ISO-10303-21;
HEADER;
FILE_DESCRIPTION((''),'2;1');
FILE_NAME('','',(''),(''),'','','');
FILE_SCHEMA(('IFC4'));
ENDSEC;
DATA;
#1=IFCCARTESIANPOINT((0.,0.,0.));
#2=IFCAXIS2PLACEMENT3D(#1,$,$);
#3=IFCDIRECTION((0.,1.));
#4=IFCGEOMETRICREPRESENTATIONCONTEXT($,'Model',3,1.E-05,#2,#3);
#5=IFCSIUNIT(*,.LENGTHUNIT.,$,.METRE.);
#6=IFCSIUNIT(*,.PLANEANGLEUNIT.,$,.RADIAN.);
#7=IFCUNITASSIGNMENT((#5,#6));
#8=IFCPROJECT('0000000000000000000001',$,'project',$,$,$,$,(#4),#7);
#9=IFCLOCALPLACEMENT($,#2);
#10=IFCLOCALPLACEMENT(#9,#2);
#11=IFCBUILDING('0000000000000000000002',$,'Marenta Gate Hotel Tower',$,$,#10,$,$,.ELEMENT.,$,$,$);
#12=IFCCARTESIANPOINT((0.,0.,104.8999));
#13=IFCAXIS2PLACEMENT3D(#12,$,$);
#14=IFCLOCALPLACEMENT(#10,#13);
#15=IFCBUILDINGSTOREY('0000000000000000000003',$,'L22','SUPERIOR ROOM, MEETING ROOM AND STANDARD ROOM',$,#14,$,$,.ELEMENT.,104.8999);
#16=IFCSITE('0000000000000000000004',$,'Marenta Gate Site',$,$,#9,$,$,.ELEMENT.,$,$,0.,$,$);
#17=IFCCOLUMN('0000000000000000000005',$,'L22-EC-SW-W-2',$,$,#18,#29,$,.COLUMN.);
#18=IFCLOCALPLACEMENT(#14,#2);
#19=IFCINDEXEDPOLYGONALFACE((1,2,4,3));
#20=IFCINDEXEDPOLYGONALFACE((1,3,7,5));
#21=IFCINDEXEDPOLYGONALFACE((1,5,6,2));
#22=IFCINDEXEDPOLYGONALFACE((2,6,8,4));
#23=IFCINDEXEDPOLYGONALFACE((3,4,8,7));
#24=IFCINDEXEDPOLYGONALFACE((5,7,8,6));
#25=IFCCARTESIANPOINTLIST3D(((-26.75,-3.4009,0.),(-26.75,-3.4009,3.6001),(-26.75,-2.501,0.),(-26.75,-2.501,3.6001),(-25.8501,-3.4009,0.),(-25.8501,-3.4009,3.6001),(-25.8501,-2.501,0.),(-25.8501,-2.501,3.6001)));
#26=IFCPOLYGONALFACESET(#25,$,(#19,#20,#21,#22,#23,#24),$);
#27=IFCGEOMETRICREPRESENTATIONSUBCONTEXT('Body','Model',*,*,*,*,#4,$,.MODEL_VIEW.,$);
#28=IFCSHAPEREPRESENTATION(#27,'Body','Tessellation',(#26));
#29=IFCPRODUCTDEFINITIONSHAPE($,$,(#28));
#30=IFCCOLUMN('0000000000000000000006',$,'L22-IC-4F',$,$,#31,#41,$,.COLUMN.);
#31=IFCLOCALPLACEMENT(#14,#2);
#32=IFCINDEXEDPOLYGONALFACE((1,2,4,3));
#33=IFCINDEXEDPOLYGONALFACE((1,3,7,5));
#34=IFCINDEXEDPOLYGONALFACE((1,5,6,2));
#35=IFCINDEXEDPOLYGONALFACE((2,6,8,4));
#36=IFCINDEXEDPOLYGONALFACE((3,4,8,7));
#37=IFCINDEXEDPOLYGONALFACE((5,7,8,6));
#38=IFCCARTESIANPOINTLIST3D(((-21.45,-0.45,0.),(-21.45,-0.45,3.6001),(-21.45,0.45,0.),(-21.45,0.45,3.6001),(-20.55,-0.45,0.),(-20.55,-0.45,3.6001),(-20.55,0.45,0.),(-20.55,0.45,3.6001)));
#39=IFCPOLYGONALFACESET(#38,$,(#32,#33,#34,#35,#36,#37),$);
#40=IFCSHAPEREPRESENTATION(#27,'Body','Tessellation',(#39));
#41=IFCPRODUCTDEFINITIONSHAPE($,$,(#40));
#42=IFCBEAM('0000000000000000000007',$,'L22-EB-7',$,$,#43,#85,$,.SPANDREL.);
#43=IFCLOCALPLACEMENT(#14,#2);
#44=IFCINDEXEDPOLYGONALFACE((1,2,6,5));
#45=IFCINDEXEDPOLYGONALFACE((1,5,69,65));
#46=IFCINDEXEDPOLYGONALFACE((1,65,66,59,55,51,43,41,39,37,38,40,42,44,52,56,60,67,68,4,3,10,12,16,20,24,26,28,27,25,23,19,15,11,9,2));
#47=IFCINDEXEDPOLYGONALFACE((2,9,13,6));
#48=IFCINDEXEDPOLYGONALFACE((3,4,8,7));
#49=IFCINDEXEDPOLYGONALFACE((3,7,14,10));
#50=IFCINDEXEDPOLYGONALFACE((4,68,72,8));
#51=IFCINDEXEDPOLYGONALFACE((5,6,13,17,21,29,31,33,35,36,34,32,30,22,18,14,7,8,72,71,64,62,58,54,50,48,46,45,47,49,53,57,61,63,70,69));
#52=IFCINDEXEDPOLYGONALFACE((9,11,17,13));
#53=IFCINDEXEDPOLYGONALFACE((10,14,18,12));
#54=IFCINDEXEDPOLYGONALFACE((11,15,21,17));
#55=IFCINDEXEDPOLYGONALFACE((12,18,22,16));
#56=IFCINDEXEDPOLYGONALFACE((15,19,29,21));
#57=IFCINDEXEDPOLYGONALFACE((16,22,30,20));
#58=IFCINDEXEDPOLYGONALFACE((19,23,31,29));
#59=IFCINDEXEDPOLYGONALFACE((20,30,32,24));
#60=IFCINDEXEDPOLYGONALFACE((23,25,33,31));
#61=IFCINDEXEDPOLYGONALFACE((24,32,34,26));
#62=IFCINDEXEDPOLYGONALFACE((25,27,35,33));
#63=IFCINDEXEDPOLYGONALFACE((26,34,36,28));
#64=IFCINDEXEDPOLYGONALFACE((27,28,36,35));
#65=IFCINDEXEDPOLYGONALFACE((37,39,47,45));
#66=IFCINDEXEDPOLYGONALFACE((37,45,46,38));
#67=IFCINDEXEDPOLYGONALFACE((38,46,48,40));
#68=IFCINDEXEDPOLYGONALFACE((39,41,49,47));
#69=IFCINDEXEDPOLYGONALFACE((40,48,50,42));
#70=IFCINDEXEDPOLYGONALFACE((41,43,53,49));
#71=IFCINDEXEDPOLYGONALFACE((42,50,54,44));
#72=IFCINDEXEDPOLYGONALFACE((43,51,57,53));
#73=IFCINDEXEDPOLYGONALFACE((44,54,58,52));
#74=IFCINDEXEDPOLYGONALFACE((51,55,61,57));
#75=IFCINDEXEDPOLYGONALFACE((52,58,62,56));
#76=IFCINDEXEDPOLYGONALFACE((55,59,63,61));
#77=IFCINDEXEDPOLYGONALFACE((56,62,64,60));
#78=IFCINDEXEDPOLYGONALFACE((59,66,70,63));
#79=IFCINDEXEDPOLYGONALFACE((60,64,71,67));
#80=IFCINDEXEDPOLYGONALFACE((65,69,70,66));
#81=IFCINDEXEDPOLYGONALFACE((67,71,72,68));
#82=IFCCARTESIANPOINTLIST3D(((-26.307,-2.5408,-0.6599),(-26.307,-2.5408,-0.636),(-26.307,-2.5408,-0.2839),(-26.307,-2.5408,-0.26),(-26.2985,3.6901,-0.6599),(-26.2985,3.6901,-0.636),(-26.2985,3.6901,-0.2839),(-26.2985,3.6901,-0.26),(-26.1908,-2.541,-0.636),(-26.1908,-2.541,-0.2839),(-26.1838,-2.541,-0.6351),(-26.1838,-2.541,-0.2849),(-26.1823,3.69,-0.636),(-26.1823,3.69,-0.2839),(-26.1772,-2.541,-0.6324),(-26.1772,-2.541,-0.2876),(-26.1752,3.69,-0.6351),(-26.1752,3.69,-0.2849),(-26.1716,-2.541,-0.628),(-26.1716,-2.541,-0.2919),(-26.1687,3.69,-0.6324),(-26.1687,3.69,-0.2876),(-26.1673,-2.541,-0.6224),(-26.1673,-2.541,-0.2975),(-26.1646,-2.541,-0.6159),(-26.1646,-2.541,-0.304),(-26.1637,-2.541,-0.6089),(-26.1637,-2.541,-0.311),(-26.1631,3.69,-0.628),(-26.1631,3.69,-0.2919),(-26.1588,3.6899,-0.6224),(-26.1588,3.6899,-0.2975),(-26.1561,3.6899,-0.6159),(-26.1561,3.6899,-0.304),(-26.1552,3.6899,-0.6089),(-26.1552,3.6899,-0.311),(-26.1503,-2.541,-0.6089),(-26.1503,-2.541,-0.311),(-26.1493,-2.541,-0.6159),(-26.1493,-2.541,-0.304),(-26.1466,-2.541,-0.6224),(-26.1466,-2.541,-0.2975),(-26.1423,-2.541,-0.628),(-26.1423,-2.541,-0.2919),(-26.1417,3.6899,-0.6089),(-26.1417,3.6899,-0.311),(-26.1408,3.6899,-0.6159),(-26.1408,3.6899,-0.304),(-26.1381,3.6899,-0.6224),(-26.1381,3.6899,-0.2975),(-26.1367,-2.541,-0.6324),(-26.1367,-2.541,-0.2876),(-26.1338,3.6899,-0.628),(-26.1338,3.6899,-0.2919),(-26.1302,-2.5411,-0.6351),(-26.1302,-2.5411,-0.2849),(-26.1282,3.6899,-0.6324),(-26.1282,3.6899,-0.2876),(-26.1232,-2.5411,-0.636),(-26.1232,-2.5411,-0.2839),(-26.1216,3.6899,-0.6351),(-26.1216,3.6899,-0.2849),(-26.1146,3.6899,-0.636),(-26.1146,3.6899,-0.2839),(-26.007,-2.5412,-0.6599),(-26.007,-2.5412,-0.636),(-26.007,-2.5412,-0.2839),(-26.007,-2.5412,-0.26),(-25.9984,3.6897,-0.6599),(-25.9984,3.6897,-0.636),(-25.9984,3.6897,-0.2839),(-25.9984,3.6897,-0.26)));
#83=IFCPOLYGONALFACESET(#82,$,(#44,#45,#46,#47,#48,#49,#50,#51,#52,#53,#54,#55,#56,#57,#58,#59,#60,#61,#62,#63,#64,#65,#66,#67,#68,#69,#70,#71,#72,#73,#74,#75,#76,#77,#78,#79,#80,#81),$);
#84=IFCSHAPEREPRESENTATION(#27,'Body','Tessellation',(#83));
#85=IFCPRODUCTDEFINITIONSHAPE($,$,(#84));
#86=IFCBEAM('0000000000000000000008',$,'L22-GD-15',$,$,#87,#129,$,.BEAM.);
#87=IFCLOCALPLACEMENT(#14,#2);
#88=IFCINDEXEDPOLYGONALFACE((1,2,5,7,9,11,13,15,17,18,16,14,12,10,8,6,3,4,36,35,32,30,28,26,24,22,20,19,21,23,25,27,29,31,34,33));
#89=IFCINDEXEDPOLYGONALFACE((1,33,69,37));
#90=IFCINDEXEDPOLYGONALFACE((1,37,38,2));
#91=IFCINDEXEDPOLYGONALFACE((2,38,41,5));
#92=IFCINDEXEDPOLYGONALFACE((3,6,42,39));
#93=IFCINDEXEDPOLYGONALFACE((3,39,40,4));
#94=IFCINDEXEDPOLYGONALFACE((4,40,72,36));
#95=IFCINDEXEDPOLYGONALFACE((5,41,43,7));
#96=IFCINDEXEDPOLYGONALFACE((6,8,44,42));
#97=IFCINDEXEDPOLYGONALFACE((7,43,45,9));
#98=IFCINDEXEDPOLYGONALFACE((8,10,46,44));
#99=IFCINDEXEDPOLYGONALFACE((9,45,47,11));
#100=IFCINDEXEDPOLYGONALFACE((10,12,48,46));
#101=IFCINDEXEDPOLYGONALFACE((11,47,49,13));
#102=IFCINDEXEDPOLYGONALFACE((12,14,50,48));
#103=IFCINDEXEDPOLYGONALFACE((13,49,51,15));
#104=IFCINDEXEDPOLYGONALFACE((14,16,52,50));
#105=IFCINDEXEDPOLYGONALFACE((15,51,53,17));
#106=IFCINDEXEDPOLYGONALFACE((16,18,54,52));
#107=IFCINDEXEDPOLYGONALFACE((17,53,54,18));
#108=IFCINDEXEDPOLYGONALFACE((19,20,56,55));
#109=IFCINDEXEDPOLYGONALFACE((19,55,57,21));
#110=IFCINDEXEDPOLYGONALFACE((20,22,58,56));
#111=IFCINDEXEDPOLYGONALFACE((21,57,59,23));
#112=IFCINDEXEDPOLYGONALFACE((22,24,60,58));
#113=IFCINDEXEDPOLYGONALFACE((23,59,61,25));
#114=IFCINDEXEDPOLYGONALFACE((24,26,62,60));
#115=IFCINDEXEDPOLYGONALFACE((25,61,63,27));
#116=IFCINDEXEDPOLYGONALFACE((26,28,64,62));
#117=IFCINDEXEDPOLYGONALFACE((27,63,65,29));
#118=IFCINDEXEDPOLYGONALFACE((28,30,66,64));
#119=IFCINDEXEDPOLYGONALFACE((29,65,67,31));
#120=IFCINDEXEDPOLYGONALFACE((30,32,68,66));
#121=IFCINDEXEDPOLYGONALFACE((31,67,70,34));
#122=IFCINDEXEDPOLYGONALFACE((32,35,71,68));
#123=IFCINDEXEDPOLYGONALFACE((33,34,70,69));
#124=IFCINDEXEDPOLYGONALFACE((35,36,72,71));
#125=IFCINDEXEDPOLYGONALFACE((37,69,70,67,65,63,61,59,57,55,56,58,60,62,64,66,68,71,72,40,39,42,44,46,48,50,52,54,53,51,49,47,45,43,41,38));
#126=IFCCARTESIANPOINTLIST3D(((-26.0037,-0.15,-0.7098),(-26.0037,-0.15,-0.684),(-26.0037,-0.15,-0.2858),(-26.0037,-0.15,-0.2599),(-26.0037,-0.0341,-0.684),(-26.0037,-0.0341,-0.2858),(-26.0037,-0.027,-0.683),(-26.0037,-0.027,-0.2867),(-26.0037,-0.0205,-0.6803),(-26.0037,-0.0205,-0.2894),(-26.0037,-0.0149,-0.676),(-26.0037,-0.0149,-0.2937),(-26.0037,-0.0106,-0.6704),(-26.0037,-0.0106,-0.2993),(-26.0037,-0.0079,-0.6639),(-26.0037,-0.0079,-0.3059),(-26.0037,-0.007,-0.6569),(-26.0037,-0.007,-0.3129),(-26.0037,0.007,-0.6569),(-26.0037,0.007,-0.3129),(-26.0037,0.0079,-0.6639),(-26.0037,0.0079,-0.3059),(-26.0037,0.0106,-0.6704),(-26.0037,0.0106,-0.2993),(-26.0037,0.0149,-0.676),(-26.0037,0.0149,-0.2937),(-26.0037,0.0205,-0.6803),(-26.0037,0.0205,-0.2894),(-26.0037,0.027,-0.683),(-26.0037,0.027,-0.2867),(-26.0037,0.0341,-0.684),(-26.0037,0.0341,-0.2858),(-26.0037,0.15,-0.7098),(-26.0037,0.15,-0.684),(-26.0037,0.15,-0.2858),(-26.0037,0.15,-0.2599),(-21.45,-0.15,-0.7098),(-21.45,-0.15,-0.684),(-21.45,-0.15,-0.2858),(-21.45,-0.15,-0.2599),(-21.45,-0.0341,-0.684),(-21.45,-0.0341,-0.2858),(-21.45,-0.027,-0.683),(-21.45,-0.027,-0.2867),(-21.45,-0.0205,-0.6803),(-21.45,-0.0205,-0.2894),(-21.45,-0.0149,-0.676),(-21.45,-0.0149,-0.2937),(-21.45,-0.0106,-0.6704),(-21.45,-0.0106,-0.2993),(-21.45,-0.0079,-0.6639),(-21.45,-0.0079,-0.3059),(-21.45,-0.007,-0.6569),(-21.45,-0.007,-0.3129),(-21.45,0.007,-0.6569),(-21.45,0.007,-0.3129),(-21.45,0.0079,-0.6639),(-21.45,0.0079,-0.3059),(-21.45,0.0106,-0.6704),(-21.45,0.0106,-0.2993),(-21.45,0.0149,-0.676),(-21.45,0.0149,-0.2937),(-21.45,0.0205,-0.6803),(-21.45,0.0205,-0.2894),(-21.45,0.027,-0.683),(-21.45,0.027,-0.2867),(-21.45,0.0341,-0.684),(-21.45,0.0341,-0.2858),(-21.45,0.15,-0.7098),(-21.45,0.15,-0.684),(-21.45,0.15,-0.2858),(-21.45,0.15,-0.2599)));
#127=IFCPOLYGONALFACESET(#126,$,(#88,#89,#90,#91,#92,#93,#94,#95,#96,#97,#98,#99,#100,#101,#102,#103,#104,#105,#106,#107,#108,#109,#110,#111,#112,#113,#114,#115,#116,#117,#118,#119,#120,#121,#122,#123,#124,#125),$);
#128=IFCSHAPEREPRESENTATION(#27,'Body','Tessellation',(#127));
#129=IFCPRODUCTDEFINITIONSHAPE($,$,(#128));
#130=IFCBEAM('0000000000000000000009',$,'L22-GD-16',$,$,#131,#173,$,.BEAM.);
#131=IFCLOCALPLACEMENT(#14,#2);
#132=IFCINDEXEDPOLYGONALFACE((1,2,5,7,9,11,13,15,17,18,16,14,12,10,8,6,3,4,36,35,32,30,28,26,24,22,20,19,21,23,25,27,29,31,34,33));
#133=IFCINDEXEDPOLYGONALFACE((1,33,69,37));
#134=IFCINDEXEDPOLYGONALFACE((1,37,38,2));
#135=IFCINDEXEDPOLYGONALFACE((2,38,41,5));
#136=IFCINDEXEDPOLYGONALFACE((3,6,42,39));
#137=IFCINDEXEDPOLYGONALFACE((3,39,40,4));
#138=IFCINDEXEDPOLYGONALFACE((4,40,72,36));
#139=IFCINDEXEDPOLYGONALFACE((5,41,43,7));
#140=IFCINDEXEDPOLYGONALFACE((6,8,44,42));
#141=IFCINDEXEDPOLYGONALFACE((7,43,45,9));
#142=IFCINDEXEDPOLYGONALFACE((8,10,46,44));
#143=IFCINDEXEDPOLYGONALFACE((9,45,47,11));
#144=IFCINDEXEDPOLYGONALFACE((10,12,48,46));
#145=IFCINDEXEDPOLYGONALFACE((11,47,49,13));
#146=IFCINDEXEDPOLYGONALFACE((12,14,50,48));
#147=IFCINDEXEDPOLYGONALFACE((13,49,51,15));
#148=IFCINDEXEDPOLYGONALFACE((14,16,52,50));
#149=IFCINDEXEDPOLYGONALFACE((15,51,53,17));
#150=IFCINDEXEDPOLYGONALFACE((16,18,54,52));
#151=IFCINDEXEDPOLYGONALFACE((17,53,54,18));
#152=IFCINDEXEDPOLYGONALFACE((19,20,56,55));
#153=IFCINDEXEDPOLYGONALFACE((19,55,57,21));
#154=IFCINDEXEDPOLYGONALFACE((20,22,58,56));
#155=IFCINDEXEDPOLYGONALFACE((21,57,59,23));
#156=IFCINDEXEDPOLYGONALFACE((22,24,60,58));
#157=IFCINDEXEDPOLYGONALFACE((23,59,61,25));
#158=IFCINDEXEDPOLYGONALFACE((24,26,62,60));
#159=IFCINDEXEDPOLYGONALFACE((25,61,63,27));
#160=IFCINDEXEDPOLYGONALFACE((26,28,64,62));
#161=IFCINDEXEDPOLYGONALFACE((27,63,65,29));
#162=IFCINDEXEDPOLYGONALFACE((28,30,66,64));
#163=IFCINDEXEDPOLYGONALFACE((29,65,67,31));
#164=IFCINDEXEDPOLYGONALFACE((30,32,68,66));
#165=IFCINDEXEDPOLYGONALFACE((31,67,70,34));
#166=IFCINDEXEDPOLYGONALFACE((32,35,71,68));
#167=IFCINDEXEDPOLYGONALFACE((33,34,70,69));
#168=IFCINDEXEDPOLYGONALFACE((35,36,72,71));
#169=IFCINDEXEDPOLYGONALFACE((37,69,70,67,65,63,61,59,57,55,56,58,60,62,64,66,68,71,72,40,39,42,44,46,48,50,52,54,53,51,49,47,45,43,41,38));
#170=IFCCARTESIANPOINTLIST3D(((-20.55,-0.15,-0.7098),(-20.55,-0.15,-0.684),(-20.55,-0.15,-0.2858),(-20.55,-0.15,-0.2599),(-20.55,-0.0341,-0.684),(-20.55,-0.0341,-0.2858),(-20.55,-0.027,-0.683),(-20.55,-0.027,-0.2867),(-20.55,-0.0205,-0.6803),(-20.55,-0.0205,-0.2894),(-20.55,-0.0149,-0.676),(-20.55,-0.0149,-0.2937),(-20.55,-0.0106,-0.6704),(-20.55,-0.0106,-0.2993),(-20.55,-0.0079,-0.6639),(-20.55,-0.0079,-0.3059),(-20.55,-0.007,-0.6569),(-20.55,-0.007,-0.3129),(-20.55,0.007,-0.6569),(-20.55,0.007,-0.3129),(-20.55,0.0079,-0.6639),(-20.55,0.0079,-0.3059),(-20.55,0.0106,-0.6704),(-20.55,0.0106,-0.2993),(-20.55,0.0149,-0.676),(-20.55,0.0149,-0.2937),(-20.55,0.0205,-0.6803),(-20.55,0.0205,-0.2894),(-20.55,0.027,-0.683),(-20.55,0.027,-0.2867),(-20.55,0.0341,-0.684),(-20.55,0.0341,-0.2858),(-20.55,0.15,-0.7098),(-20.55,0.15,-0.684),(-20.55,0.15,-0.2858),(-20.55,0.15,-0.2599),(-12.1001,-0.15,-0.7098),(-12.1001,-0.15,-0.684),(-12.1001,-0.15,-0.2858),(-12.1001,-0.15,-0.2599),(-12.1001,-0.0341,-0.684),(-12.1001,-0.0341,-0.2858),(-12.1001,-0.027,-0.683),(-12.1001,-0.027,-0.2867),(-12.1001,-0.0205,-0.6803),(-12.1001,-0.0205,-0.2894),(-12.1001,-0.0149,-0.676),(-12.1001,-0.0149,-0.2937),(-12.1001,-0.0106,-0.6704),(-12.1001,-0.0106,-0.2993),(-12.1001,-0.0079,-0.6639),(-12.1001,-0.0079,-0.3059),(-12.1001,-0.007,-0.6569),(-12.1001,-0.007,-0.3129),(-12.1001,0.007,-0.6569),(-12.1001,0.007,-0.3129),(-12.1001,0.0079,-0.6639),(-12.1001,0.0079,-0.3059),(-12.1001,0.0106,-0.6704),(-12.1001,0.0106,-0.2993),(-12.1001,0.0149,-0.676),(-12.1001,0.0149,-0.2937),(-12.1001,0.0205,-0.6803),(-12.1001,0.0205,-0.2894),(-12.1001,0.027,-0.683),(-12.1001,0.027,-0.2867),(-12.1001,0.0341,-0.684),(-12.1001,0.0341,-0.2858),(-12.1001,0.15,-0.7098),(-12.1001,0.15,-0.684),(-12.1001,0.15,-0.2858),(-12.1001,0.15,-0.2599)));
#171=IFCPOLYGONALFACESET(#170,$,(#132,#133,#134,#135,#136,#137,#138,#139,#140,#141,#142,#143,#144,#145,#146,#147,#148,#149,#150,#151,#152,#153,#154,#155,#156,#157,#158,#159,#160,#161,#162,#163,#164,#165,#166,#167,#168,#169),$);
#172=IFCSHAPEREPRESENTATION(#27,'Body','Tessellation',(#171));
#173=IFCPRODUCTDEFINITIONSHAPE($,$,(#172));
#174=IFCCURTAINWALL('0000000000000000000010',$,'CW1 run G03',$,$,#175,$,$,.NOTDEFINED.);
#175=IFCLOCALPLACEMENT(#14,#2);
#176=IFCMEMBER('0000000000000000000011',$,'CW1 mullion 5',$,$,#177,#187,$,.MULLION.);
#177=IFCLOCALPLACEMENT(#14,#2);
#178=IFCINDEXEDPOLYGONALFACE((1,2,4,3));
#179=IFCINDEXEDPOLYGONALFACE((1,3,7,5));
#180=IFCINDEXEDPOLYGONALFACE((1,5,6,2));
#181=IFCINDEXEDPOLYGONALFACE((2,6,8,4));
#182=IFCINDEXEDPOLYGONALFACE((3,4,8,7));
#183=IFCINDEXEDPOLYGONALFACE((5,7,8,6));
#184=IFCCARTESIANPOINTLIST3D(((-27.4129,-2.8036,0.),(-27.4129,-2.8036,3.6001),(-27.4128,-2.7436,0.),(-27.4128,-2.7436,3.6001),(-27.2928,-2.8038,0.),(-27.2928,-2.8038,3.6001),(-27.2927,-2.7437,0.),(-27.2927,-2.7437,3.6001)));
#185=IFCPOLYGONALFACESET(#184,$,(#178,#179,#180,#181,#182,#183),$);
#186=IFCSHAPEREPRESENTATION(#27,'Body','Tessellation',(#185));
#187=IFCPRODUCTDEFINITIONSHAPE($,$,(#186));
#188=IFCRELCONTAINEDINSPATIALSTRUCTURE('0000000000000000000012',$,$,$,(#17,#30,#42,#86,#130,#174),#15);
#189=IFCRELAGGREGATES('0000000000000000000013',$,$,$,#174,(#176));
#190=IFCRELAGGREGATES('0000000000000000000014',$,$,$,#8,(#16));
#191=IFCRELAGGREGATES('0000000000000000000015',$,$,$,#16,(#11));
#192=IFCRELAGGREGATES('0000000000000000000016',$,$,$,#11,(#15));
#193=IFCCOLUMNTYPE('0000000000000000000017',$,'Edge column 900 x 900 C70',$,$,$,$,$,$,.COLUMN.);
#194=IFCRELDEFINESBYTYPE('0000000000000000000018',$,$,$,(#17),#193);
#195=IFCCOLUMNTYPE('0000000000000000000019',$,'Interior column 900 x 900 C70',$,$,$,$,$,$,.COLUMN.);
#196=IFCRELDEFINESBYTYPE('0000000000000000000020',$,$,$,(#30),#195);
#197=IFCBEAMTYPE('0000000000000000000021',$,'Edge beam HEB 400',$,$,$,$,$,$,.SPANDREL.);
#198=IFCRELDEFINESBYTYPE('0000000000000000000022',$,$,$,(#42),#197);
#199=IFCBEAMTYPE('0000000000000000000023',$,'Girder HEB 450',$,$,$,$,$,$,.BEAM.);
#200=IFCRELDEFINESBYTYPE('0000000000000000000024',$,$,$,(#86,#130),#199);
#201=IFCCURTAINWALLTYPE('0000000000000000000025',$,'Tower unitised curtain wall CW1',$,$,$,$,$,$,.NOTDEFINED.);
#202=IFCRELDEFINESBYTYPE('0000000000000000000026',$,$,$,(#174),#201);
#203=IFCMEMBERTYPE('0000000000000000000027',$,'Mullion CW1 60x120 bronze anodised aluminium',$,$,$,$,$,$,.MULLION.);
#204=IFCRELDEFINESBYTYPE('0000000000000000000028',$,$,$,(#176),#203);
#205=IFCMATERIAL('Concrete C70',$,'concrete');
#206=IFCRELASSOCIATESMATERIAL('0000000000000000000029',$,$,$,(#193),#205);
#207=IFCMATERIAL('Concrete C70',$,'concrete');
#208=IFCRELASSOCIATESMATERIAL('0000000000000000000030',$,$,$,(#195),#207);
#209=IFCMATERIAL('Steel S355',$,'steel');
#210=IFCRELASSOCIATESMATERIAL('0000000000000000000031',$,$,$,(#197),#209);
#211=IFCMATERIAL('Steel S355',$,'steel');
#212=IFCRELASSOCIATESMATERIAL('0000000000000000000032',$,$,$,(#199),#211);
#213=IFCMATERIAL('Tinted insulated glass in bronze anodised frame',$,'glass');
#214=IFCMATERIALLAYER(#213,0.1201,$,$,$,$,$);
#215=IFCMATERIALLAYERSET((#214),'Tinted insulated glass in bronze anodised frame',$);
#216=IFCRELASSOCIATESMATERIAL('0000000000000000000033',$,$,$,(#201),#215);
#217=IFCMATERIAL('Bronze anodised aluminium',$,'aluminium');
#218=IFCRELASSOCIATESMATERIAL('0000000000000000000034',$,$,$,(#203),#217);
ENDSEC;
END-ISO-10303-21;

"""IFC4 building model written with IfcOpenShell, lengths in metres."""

from ifc_helpers import new_model, si_unit, direction, frame, origin, origin_2d, place, context, subcontext, project, spatial, rectangle, i_section, extrude, material, layer, layer_set, material_profile, profile_set, type_object, element, aggregate, save


model = new_model("IFC4")

# Units and contexts
model_context = context("Model", 3, precision=1e-05, world=origin(), true_north=direction((0.0, 1.0)))
body_context = subcontext(model_context, "Body", "Model", "MODEL_VIEW")
ifc_project = project(units=[si_unit("LENGTHUNIT", "METRE"), si_unit("PLANEANGLEUNIT", "RADIAN")], contexts=[model_context])

# Site, building, storey
site_placement = place(None, origin())
site = spatial("IfcSite", under=ifc_project, at=site_placement, Name="Marenta Gate Site", CompositionType="ELEMENT", RefElevation=0.0)
building_placement = place(site_placement, origin())
building = spatial("IfcBuilding", under=site, at=building_placement, Name="Marenta Gate Hotel Tower", CompositionType="ELEMENT")
storey_placement = place(building_placement, frame((0.0, 0.0, 104.8999)))
storey = spatial("IfcBuildingStorey", under=building, at=storey_placement, Name="L22", Description="SUPERIOR ROOM, MEETING ROOM AND STANDARD ROOM", CompositionType="ELEMENT", Elevation=104.8999)

# Columns
ifc_material_1 = material(Name="Concrete C70", Category="concrete")
ifc_material_profile_1 = material_profile(ifc_material_1, rectangle(XDim=0.8999, YDim=0.8999, at=origin_2d()), Name="900 x 900")
ifc_profile_set_1 = profile_set([ifc_material_profile_1], Name="Concrete C70")
column_type_1 = type_object("IfcColumnType", Name="Edge column 900 x 900 C70", PredefinedType="COLUMN", material=ifc_profile_set_1)
column_1_placement = place(storey_placement, frame((-26.3, -2.9509, 0.0), z_axis=(0.0, 0.0, 1.0), x_axis=(1.0, 0.0, 0.0)))
element("IfcColumn", 1, at=column_1_placement, inside=storey, type_object=column_type_1, Name="L22-EC-SW-W-2", PredefinedType="COLUMN", context=body_context, shape_type="SweptSolid", body=[
    extrude(rectangle(XDim=0.8999, YDim=0.8999, at=origin_2d()), origin(), (0.0, 0.0, 1.0), 3.6001),
])
ifc_material_2 = material(Name="Concrete C70", Category="concrete")
ifc_material_profile_2 = material_profile(ifc_material_2, rectangle(XDim=0.8999, YDim=0.8999, at=origin_2d()), Name="900 x 900")
ifc_profile_set_2 = profile_set([ifc_material_profile_2], Name="Concrete C70")
column_type_2 = type_object("IfcColumnType", Name="Interior column 900 x 900 C70", PredefinedType="COLUMN", material=ifc_profile_set_2)
column_2_placement = place(storey_placement, frame((-21.0, 0.0, 0.0), z_axis=(0.0, 0.0, 1.0), x_axis=(1.0, 0.0, 0.0)))
element("IfcColumn", 2, at=column_2_placement, inside=storey, type_object=column_type_2, Name="L22-IC-4F", PredefinedType="COLUMN", context=body_context, shape_type="SweptSolid", body=[
    extrude(rectangle(XDim=0.8999, YDim=0.8999, at=origin_2d()), origin(), (0.0, 0.0, 1.0), 3.6001),
])

# Beams
ifc_material_3 = material(Name="Steel S355", Category="steel")
ifc_material_profile_3 = material_profile(ifc_material_3, i_section(OverallWidth=0.3, OverallDepth=0.3999, WebThickness=0.0134, FlangeThickness=0.0239, FilletRadius=0.0271, at=origin_2d()), Name="HEB 400")
ifc_profile_set_3 = profile_set([ifc_material_profile_3], Name="Steel S355")
beam_type_1 = type_object("IfcBeamType", Name="Edge beam HEB 400", PredefinedType="SPANDREL", material=ifc_profile_set_3)
beam_1_placement = place(storey_placement, frame((-26.157, -2.541, -0.46), z_axis=(0.001371, 0.999999, 0.0), x_axis=(-0.999999, 0.001371, 0.0)))
element("IfcBeam", 3, at=beam_1_placement, inside=storey, type_object=beam_type_1, Name="L22-EB-7", PredefinedType="SPANDREL", context=body_context, shape_type="SweptSolid", body=[
    extrude(i_section(OverallWidth=0.3, OverallDepth=0.3999, WebThickness=0.0134, FlangeThickness=0.0239, FilletRadius=0.0271, at=origin_2d()), origin(), (0.0, 0.0, 1.0), 6.231),
])
ifc_material_4 = material(Name="Steel S355", Category="steel")
ifc_material_profile_4 = material_profile(ifc_material_4, i_section(OverallWidth=0.3, OverallDepth=0.45, WebThickness=0.0139, FlangeThickness=0.0259, FilletRadius=0.0271, at=origin_2d()), Name="HEB 450")
ifc_profile_set_4 = profile_set([ifc_material_profile_4], Name="Steel S355")
beam_type_2 = type_object("IfcBeamType", Name="Girder HEB 450", PredefinedType="BEAM", material=ifc_profile_set_4)
beam_2_placement = place(storey_placement, frame((-26.0037, 0.0, -0.4849), z_axis=(1.0, 0.0, 0.0), x_axis=(0.0, 1.0, 0.0)))
element("IfcBeam", 4, at=beam_2_placement, inside=storey, type_object=beam_type_2, Name="L22-GD-15", PredefinedType="BEAM", context=body_context, shape_type="SweptSolid", body=[
    extrude(i_section(OverallWidth=0.3, OverallDepth=0.45, WebThickness=0.0139, FlangeThickness=0.0259, FilletRadius=0.0271, at=origin_2d()), origin(), (0.0, 0.0, 1.0), 4.5537),
])
beam_3_placement = place(storey_placement, frame((-20.55, 0.0, -0.4849), z_axis=(1.0, 0.0, 0.0), x_axis=(0.0, 1.0, 0.0)))
element("IfcBeam", 5, at=beam_3_placement, inside=storey, type_object=beam_type_2, Name="L22-GD-16", PredefinedType="BEAM", context=body_context, shape_type="SweptSolid", body=[
    extrude(i_section(OverallWidth=0.3, OverallDepth=0.45, WebThickness=0.0139, FlangeThickness=0.0259, FilletRadius=0.0271, at=origin_2d()), origin(), (0.0, 0.0, 1.0), 8.45),
])

# Curtain wall, member
ifc_material_5 = material(Name="Tinted insulated glass in bronze anodised frame", Category="glass")
ifc_layer_1 = layer(ifc_material_5, 0.1201)
ifc_layer_set_1 = layer_set([ifc_layer_1], Name="Tinted insulated glass in bronze anodised frame")
curtain_wall_type = type_object("IfcCurtainWallType", Name="Tower unitised curtain wall CW1", PredefinedType="NOTDEFINED", material=ifc_layer_set_1)
curtain_wall_placement = place(storey_placement, origin())
curtain_wall = element("IfcCurtainWall", 6, at=curtain_wall_placement, inside=storey, type_object=curtain_wall_type, Name="CW1 run G03", PredefinedType="NOTDEFINED")
ifc_material_6 = material(Name="Bronze anodised aluminium", Category="aluminium")
ifc_material_profile_5 = material_profile(ifc_material_6, rectangle(XDim=0.1201, YDim=0.0601, at=origin_2d()), Name="Mullion CW1 60x120 bronze anodised aluminium")
ifc_profile_set_5 = profile_set([ifc_material_profile_5], Name="Bronze anodised aluminium")
member_type_1 = type_object("IfcMemberType", Name="Mullion CW1 60x120 bronze anodised aluminium", PredefinedType="MULLION", material=ifc_profile_set_5)
member_1_placement = place(storey_placement, frame((-27.3528, -2.7737, 0.0), z_axis=(0.0, 0.0, 1.0), x_axis=(0.999999, -0.001566, 0.0)))
member_1 = element("IfcMember", 7, at=member_1_placement, type_object=member_type_1, Name="CW1 mullion 5", PredefinedType="MULLION", context=body_context, shape_type="SweptSolid", body=[
    extrude(rectangle(XDim=0.1201, YDim=0.0601, at=origin_2d()), origin(), (0.0, 0.0, 1.0), 3.6001),
])
aggregate(curtain_wall, [member_1])

save(model, "model.ifc")
